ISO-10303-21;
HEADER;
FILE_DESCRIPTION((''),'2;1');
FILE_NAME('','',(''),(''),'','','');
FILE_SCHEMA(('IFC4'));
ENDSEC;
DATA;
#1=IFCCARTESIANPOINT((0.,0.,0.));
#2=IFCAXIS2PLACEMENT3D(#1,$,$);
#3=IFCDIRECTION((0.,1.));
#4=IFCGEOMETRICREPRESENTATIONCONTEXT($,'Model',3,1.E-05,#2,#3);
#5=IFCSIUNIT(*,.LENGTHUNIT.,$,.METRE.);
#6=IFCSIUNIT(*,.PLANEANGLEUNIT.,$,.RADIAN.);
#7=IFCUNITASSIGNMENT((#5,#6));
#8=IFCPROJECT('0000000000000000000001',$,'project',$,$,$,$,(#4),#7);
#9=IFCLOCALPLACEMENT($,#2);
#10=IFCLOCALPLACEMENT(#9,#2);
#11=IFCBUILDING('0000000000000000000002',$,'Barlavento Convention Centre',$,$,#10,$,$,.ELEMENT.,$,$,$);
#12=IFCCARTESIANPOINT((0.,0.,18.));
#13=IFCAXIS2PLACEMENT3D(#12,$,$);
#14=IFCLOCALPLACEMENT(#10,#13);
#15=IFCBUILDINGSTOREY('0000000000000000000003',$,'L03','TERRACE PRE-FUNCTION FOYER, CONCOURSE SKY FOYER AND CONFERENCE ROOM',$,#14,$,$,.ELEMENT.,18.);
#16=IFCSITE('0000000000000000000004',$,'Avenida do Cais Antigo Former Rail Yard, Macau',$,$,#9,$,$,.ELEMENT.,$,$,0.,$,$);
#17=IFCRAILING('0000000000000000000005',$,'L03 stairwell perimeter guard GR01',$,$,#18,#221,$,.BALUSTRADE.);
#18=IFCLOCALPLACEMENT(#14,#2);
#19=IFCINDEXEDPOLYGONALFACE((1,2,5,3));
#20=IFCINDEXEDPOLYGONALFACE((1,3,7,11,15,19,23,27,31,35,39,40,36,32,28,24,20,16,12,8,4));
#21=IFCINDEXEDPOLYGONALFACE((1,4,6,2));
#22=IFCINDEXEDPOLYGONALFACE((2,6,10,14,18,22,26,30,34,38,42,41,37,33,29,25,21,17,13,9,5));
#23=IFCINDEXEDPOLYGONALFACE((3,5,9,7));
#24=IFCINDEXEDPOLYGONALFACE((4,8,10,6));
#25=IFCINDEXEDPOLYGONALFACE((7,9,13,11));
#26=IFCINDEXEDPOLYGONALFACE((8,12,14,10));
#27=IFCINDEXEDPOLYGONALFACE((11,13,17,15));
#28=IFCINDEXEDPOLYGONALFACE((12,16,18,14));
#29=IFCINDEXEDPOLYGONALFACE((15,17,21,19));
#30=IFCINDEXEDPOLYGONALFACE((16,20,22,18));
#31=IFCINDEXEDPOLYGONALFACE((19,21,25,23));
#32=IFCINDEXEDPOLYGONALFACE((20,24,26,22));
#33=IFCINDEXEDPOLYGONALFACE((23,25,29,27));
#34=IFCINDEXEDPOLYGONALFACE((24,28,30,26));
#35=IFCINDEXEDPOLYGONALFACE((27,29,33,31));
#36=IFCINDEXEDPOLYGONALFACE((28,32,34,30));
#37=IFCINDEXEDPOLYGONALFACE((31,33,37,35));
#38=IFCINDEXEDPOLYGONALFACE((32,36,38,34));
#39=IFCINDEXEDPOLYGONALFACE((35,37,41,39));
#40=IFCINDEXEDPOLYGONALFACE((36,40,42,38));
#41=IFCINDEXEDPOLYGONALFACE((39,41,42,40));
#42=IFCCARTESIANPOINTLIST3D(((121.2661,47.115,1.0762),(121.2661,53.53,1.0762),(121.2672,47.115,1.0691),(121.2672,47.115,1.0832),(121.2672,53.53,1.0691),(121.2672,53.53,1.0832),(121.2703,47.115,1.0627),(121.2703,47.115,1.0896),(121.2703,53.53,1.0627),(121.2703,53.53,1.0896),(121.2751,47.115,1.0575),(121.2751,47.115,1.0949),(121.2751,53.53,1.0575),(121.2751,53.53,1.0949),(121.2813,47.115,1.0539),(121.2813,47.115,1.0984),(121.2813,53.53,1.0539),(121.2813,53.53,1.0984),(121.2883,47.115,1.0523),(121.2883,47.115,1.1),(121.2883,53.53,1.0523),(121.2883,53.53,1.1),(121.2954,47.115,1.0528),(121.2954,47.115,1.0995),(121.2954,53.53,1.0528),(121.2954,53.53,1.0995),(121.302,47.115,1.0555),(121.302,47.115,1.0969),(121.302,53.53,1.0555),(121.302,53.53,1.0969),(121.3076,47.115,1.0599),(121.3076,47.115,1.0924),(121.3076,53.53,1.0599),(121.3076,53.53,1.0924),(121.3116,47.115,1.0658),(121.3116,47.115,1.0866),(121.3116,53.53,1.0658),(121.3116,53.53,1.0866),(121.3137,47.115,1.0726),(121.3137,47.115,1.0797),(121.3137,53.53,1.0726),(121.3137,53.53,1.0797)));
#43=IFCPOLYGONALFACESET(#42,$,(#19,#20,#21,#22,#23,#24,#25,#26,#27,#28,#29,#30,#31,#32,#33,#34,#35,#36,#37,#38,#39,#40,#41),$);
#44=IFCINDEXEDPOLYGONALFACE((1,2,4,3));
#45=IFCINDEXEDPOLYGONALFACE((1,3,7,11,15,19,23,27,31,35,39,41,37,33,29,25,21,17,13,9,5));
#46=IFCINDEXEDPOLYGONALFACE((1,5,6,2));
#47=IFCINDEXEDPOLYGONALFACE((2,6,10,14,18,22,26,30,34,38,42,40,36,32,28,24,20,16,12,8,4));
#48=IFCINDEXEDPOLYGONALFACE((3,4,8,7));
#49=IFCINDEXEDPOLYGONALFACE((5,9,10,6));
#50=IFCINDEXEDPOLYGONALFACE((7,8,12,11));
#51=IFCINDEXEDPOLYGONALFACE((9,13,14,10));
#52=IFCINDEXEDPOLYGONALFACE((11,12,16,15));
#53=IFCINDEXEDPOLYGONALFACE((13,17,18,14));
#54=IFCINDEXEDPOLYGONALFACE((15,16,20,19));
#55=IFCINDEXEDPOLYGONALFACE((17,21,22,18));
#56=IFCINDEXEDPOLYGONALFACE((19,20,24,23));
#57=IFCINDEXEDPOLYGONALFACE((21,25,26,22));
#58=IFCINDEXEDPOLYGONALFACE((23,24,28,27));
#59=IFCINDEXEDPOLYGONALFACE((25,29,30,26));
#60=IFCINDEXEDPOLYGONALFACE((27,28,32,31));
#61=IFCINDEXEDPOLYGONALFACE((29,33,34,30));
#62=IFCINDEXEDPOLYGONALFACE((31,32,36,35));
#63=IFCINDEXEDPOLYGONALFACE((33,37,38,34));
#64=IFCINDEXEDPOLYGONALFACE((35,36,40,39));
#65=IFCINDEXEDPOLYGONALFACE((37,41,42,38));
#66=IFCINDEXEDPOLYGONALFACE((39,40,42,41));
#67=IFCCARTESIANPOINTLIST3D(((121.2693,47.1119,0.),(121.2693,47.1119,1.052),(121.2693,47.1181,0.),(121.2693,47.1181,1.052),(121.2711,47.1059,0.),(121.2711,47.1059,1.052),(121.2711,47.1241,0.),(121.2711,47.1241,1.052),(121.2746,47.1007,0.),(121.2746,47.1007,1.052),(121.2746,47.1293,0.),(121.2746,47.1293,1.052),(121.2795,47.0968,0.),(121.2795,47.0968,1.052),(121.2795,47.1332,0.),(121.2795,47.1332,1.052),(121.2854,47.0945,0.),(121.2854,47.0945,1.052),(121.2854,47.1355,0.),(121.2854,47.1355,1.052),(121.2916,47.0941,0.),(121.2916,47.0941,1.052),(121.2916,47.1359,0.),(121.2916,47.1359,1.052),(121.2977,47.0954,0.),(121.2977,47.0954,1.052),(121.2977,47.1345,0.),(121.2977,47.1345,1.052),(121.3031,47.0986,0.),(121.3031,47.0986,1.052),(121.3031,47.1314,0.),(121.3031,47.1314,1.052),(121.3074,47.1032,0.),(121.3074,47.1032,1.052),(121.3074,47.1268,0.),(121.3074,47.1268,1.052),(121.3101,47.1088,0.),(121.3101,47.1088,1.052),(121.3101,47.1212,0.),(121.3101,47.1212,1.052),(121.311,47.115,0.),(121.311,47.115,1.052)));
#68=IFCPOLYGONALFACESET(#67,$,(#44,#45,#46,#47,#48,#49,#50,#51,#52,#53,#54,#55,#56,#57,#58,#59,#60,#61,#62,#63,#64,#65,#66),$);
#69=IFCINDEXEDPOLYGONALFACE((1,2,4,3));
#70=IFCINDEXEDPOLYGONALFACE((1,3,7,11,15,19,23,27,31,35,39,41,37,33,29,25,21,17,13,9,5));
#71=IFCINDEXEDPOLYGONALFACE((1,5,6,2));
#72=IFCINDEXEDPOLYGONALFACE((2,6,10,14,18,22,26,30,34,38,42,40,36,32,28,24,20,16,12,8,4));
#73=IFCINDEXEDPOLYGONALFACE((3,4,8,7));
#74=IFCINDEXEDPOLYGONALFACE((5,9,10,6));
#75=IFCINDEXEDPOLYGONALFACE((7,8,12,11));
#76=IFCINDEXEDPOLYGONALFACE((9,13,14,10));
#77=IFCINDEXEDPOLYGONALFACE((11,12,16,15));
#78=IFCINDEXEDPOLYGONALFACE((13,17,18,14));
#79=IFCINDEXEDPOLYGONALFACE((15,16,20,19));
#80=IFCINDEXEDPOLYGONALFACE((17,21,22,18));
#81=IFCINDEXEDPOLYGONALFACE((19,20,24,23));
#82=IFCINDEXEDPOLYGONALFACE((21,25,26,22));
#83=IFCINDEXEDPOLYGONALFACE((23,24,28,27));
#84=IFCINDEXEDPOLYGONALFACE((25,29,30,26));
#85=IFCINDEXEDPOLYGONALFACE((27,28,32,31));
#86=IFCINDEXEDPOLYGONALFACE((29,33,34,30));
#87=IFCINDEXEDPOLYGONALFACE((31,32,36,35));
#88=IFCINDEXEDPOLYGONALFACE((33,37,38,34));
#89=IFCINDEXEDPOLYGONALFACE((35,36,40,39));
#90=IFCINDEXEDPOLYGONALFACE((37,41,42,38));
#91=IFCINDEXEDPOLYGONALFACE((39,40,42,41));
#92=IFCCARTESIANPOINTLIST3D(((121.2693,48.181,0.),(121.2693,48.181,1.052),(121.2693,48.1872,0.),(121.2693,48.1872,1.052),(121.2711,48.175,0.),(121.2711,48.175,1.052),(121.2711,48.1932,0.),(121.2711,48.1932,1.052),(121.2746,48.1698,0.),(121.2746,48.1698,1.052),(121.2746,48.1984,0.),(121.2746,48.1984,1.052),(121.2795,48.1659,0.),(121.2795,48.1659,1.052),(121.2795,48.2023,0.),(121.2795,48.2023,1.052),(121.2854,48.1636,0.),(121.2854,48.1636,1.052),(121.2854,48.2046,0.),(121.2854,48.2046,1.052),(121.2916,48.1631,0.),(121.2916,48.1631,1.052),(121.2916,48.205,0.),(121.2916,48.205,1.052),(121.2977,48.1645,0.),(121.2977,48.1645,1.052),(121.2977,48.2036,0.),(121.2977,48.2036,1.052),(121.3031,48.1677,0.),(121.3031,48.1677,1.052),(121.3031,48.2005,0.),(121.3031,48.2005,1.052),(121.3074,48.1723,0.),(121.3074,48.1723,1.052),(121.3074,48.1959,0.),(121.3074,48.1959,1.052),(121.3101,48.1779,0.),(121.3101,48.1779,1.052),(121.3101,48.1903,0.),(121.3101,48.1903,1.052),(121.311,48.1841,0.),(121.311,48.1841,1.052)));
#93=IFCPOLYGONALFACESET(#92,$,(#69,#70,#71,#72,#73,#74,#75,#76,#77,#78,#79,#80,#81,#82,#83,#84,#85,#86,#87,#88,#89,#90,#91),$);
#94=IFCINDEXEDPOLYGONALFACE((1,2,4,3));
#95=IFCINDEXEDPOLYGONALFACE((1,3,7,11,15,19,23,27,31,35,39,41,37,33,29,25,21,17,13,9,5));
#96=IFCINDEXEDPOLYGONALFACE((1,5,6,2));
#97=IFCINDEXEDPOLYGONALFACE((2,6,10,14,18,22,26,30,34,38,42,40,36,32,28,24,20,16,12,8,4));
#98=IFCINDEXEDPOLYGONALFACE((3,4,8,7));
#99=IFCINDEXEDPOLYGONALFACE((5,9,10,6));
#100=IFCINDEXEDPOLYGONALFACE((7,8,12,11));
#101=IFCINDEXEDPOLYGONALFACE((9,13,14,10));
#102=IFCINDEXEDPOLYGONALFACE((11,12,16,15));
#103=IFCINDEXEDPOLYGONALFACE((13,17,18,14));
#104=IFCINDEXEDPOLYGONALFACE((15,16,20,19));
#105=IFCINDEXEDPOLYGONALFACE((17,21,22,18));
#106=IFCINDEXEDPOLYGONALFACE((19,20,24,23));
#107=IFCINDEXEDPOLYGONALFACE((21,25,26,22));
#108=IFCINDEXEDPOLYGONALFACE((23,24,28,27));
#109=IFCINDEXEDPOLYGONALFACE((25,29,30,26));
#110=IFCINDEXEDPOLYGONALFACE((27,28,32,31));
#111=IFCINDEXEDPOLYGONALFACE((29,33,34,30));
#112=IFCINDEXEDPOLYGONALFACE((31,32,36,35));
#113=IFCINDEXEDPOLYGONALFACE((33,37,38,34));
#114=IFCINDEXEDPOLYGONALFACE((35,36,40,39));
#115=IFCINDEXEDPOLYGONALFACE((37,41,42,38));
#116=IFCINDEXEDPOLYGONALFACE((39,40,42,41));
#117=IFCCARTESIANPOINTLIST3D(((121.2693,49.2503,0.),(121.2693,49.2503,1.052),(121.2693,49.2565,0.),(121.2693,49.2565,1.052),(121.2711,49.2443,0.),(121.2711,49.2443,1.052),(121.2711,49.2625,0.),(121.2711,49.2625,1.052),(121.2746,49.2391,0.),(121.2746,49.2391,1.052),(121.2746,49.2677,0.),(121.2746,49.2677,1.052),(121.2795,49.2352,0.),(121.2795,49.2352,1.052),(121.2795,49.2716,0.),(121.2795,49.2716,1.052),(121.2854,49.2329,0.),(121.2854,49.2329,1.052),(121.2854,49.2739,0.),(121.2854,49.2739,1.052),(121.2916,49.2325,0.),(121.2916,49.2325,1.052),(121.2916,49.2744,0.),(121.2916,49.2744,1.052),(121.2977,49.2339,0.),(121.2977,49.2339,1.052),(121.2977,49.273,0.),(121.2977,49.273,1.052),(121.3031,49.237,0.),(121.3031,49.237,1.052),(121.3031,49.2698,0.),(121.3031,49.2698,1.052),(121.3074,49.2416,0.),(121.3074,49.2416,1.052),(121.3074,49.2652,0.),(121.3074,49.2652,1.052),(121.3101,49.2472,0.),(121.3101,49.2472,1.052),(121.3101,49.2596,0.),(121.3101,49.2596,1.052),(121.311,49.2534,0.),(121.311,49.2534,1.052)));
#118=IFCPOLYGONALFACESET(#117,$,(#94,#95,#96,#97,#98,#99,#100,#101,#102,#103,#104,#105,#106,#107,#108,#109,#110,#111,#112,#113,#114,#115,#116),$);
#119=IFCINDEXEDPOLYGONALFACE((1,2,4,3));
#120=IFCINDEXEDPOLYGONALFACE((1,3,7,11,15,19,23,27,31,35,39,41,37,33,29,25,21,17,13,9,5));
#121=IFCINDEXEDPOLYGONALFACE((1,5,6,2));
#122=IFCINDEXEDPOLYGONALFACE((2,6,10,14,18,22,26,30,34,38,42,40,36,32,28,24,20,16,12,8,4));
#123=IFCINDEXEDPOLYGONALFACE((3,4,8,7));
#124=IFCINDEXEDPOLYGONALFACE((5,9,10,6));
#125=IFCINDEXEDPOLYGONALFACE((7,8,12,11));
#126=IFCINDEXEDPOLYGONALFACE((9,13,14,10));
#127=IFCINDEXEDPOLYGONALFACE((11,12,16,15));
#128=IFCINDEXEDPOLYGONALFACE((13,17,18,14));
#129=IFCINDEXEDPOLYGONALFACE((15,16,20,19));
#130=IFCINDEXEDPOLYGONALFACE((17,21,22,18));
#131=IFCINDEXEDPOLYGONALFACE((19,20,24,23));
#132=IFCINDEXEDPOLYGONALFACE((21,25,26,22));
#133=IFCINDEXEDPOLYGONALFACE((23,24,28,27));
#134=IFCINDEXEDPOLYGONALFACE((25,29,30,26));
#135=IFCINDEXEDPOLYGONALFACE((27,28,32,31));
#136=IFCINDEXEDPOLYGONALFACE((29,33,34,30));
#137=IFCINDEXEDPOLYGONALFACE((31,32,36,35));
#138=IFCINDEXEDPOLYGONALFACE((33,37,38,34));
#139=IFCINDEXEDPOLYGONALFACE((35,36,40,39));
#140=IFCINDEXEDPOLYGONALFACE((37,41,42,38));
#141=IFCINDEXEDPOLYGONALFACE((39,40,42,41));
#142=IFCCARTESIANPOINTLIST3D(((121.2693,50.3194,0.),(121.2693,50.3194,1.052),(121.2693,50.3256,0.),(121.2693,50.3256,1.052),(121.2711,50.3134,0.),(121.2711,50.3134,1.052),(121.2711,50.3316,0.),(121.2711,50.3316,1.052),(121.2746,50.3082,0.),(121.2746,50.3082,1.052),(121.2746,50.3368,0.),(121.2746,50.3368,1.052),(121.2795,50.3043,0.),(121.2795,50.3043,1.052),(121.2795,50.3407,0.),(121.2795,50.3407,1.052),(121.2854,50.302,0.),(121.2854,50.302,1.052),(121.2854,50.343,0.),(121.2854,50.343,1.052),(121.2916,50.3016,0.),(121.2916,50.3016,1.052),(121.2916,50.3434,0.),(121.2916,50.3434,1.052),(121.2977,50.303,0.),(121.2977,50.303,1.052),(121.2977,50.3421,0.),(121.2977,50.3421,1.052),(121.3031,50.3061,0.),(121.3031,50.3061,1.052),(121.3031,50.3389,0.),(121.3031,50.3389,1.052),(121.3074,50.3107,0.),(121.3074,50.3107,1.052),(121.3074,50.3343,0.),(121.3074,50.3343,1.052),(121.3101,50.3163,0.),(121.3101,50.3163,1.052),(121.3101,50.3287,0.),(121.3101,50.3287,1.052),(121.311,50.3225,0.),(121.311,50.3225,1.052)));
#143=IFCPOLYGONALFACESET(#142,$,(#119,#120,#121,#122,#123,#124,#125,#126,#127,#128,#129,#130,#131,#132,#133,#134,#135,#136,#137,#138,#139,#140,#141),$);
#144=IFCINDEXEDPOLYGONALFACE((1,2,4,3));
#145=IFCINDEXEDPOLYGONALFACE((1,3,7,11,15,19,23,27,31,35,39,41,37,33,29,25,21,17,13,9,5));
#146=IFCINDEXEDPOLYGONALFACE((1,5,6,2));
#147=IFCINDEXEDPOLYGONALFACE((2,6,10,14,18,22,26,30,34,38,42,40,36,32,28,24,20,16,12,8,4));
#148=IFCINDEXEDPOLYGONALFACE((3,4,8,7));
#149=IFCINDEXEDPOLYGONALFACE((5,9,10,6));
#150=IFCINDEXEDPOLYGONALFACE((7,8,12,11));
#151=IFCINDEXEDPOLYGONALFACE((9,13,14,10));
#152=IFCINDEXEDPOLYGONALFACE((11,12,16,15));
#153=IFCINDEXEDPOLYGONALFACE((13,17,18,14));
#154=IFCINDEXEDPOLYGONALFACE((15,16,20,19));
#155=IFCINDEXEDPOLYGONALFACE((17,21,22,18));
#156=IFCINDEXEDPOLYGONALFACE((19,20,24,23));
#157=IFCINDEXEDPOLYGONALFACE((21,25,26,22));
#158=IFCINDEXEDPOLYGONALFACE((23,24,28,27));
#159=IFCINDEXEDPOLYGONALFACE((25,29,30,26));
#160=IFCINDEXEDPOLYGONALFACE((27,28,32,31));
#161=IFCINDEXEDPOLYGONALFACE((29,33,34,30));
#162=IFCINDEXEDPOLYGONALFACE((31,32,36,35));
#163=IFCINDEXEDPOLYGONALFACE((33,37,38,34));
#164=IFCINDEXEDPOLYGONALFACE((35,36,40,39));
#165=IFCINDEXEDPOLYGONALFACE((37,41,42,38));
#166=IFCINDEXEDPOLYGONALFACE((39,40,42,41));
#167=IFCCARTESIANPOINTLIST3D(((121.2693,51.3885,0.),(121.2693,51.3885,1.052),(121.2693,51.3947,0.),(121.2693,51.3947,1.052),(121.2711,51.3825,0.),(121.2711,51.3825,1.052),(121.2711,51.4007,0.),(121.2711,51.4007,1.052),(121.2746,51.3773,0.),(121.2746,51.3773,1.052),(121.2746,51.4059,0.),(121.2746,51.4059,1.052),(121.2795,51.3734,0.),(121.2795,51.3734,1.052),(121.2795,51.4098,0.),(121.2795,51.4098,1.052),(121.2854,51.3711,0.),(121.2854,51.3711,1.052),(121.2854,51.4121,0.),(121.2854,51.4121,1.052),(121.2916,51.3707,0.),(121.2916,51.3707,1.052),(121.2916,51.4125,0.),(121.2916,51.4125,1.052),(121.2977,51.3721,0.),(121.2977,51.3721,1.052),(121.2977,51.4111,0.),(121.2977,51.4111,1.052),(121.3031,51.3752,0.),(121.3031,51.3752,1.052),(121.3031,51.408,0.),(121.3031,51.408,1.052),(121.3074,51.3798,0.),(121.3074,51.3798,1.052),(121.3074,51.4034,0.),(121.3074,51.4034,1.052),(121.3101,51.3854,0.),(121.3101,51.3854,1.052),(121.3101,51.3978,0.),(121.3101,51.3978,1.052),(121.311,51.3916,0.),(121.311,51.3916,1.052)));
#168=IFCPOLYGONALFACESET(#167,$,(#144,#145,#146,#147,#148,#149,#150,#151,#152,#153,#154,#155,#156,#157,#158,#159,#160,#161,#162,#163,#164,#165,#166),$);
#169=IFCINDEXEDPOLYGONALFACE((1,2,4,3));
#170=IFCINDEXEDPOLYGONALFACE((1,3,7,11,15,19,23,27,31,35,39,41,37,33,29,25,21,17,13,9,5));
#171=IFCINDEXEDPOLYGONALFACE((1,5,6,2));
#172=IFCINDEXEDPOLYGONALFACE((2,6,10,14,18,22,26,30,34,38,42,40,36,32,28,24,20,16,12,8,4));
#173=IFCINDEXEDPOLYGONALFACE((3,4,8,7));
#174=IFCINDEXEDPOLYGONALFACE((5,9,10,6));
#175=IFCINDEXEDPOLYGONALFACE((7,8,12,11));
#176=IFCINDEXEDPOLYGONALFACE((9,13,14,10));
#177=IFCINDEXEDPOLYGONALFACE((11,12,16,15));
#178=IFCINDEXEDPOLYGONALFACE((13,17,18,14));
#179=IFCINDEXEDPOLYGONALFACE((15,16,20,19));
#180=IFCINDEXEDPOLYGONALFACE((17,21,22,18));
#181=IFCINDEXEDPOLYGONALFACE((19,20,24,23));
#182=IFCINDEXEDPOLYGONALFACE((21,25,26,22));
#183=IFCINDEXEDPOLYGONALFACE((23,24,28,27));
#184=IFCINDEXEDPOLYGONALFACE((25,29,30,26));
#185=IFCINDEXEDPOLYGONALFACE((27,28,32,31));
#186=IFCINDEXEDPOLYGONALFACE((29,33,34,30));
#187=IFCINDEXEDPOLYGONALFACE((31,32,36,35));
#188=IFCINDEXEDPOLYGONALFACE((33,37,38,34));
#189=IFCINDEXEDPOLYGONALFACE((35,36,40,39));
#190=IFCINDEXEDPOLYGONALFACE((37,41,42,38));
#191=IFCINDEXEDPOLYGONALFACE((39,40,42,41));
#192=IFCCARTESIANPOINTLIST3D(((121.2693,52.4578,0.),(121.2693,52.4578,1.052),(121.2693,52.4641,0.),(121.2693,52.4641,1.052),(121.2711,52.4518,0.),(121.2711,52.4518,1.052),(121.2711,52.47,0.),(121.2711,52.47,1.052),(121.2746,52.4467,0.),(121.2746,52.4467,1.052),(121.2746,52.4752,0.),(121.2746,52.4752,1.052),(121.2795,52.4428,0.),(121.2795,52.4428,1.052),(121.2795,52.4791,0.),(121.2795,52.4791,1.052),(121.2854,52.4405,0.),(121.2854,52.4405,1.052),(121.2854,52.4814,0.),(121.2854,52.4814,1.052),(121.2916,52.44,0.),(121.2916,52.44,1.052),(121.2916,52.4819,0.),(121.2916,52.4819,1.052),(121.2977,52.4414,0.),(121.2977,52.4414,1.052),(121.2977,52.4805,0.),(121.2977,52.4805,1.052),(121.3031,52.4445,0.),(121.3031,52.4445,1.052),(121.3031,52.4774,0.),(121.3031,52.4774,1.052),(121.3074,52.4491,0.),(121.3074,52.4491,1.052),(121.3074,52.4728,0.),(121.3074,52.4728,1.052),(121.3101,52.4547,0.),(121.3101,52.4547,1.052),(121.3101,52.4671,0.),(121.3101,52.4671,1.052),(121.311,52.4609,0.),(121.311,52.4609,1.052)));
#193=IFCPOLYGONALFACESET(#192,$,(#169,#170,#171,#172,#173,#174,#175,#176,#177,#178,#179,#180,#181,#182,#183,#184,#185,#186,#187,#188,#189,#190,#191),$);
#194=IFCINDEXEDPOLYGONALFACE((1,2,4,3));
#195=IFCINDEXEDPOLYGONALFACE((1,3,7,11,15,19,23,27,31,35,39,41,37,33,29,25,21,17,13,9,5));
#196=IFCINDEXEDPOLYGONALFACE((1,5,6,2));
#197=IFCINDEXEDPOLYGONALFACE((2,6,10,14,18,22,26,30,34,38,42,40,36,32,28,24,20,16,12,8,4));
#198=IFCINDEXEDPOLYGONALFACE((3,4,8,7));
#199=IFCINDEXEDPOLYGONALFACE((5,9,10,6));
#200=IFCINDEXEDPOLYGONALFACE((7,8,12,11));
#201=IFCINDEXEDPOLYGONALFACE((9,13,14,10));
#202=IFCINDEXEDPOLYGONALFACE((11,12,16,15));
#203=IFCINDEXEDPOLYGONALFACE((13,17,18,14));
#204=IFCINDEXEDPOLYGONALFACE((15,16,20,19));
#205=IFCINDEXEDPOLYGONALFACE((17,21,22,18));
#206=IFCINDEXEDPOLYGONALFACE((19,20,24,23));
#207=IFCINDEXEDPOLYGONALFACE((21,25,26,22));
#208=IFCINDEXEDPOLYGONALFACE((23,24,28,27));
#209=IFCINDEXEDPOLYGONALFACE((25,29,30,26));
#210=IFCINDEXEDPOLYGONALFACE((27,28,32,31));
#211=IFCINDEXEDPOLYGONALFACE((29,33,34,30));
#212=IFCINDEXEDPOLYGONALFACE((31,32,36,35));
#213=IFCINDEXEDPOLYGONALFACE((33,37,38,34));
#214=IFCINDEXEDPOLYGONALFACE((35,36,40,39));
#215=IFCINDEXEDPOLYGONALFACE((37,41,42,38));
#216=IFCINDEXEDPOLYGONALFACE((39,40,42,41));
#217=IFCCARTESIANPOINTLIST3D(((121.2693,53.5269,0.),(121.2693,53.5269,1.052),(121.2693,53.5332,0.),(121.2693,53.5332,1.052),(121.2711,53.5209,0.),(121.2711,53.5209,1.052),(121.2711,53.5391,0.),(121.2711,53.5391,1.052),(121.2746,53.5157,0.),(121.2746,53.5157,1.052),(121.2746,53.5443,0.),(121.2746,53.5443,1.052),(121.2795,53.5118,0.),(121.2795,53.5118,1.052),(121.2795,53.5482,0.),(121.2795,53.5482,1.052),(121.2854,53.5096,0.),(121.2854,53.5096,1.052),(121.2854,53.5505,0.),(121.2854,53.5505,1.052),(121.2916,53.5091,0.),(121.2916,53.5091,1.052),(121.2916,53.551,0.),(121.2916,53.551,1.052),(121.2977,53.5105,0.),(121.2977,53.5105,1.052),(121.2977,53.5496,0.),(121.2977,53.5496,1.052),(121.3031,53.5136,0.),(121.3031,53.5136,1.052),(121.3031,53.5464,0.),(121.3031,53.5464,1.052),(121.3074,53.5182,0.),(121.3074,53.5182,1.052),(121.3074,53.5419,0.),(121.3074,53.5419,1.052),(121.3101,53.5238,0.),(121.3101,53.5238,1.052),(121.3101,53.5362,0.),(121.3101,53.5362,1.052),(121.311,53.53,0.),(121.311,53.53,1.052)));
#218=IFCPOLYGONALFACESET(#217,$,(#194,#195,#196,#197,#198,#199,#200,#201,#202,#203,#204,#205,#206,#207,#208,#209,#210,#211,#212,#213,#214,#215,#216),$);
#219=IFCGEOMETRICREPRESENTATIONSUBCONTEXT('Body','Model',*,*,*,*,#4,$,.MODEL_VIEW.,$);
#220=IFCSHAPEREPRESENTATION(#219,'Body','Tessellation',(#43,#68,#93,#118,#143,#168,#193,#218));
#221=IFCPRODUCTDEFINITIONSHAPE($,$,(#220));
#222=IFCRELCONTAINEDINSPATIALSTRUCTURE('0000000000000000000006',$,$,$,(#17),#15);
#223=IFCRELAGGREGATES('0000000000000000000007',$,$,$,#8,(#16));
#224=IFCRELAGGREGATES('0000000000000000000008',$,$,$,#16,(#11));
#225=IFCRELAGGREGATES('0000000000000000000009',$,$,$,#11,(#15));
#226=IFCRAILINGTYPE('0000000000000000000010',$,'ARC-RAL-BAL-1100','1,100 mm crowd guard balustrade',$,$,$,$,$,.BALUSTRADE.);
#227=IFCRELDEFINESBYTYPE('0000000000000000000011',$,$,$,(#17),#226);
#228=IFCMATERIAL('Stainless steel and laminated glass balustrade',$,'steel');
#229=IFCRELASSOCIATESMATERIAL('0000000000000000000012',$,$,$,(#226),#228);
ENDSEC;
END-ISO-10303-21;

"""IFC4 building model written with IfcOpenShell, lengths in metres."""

from ifc_helpers import new_model, si_unit, direction, frame, origin, origin_2d, place, context, subcontext, project, spatial, circle, extrude, material, type_object, element, save


model = new_model("IFC4")

# Units and contexts
model_context = context("Model", 3, precision=1e-05, world=origin(), true_north=direction((0.0, 1.0)))
body_context = subcontext(model_context, "Body", "Model", "MODEL_VIEW")
ifc_project = project(units=[si_unit("LENGTHUNIT", "METRE"), si_unit("PLANEANGLEUNIT", "RADIAN")], contexts=[model_context])

# Site, building, storey
site_placement = place(None, origin())
site = spatial("IfcSite", under=ifc_project, at=site_placement, Name="Avenida do Cais Antigo Former Rail Yard, Macau", CompositionType="ELEMENT", RefElevation=0.0)
building_placement = place(site_placement, origin())
building = spatial("IfcBuilding", under=site, at=building_placement, Name="Barlavento Convention Centre", CompositionType="ELEMENT")
storey_placement = place(building_placement, frame((0.0, 0.0, 18.0)))
storey = spatial("IfcBuildingStorey", under=building, at=storey_placement, Name="L03", Description="TERRACE PRE-FUNCTION FOYER, CONCOURSE SKY FOYER AND CONFERENCE ROOM", CompositionType="ELEMENT", Elevation=18.0)

# Railing
ifc_material_1 = material(Name="Stainless steel and laminated glass balustrade", Category="steel")
railing_type = type_object("IfcRailingType", Name="ARC-RAL-BAL-1100", Description="1,100 mm crowd guard balustrade", PredefinedType="BALUSTRADE", material=ifc_material_1)
railing_1_placement = place(storey_placement, frame((121.29, 47.115, 0.0)))
element("IfcRailing", 1, at=railing_1_placement, inside=storey, type_object=railing_type, Name="L03 stairwell perimeter guard GR01", PredefinedType="BALUSTRADE", context=body_context, shape_type="SweptSolid", body=[
    extrude(circle(Radius=0.0239, at=origin_2d()), frame((0.0, 0.0, 1.0762), z_axis=(0.0, 1.0, 0.0), x_axis=(-1.0, 0.0, 0.0)), (0.0, 0.0, 1.0), 6.415),
    extrude(circle(Radius=0.021, at=origin_2d()), origin(), (0.0, 0.0, 1.0), 1.052),
    extrude(circle(Radius=0.021, at=origin_2d()), frame((0.0, 1.0691, 0.0)), (0.0, 0.0, 1.0), 1.052),
    extrude(circle(Radius=0.021, at=origin_2d()), frame((0.0, 2.1384, 0.0)), (0.0, 0.0, 1.0), 1.052),
    extrude(circle(Radius=0.021, at=origin_2d()), frame((0.0, 3.2075, 0.0)), (0.0, 0.0, 1.0), 1.052),
    extrude(circle(Radius=0.021, at=origin_2d()), frame((0.0, 4.2766, 0.0)), (0.0, 0.0, 1.0), 1.052),
    extrude(circle(Radius=0.021, at=origin_2d()), frame((0.0, 5.3459, 0.0)), (0.0, 0.0, 1.0), 1.052),
    extrude(circle(Radius=0.021, at=origin_2d()), frame((0.0, 6.415, 0.0)), (0.0, 0.0, 1.0), 1.052),
])

save(model, "model.ifc")
